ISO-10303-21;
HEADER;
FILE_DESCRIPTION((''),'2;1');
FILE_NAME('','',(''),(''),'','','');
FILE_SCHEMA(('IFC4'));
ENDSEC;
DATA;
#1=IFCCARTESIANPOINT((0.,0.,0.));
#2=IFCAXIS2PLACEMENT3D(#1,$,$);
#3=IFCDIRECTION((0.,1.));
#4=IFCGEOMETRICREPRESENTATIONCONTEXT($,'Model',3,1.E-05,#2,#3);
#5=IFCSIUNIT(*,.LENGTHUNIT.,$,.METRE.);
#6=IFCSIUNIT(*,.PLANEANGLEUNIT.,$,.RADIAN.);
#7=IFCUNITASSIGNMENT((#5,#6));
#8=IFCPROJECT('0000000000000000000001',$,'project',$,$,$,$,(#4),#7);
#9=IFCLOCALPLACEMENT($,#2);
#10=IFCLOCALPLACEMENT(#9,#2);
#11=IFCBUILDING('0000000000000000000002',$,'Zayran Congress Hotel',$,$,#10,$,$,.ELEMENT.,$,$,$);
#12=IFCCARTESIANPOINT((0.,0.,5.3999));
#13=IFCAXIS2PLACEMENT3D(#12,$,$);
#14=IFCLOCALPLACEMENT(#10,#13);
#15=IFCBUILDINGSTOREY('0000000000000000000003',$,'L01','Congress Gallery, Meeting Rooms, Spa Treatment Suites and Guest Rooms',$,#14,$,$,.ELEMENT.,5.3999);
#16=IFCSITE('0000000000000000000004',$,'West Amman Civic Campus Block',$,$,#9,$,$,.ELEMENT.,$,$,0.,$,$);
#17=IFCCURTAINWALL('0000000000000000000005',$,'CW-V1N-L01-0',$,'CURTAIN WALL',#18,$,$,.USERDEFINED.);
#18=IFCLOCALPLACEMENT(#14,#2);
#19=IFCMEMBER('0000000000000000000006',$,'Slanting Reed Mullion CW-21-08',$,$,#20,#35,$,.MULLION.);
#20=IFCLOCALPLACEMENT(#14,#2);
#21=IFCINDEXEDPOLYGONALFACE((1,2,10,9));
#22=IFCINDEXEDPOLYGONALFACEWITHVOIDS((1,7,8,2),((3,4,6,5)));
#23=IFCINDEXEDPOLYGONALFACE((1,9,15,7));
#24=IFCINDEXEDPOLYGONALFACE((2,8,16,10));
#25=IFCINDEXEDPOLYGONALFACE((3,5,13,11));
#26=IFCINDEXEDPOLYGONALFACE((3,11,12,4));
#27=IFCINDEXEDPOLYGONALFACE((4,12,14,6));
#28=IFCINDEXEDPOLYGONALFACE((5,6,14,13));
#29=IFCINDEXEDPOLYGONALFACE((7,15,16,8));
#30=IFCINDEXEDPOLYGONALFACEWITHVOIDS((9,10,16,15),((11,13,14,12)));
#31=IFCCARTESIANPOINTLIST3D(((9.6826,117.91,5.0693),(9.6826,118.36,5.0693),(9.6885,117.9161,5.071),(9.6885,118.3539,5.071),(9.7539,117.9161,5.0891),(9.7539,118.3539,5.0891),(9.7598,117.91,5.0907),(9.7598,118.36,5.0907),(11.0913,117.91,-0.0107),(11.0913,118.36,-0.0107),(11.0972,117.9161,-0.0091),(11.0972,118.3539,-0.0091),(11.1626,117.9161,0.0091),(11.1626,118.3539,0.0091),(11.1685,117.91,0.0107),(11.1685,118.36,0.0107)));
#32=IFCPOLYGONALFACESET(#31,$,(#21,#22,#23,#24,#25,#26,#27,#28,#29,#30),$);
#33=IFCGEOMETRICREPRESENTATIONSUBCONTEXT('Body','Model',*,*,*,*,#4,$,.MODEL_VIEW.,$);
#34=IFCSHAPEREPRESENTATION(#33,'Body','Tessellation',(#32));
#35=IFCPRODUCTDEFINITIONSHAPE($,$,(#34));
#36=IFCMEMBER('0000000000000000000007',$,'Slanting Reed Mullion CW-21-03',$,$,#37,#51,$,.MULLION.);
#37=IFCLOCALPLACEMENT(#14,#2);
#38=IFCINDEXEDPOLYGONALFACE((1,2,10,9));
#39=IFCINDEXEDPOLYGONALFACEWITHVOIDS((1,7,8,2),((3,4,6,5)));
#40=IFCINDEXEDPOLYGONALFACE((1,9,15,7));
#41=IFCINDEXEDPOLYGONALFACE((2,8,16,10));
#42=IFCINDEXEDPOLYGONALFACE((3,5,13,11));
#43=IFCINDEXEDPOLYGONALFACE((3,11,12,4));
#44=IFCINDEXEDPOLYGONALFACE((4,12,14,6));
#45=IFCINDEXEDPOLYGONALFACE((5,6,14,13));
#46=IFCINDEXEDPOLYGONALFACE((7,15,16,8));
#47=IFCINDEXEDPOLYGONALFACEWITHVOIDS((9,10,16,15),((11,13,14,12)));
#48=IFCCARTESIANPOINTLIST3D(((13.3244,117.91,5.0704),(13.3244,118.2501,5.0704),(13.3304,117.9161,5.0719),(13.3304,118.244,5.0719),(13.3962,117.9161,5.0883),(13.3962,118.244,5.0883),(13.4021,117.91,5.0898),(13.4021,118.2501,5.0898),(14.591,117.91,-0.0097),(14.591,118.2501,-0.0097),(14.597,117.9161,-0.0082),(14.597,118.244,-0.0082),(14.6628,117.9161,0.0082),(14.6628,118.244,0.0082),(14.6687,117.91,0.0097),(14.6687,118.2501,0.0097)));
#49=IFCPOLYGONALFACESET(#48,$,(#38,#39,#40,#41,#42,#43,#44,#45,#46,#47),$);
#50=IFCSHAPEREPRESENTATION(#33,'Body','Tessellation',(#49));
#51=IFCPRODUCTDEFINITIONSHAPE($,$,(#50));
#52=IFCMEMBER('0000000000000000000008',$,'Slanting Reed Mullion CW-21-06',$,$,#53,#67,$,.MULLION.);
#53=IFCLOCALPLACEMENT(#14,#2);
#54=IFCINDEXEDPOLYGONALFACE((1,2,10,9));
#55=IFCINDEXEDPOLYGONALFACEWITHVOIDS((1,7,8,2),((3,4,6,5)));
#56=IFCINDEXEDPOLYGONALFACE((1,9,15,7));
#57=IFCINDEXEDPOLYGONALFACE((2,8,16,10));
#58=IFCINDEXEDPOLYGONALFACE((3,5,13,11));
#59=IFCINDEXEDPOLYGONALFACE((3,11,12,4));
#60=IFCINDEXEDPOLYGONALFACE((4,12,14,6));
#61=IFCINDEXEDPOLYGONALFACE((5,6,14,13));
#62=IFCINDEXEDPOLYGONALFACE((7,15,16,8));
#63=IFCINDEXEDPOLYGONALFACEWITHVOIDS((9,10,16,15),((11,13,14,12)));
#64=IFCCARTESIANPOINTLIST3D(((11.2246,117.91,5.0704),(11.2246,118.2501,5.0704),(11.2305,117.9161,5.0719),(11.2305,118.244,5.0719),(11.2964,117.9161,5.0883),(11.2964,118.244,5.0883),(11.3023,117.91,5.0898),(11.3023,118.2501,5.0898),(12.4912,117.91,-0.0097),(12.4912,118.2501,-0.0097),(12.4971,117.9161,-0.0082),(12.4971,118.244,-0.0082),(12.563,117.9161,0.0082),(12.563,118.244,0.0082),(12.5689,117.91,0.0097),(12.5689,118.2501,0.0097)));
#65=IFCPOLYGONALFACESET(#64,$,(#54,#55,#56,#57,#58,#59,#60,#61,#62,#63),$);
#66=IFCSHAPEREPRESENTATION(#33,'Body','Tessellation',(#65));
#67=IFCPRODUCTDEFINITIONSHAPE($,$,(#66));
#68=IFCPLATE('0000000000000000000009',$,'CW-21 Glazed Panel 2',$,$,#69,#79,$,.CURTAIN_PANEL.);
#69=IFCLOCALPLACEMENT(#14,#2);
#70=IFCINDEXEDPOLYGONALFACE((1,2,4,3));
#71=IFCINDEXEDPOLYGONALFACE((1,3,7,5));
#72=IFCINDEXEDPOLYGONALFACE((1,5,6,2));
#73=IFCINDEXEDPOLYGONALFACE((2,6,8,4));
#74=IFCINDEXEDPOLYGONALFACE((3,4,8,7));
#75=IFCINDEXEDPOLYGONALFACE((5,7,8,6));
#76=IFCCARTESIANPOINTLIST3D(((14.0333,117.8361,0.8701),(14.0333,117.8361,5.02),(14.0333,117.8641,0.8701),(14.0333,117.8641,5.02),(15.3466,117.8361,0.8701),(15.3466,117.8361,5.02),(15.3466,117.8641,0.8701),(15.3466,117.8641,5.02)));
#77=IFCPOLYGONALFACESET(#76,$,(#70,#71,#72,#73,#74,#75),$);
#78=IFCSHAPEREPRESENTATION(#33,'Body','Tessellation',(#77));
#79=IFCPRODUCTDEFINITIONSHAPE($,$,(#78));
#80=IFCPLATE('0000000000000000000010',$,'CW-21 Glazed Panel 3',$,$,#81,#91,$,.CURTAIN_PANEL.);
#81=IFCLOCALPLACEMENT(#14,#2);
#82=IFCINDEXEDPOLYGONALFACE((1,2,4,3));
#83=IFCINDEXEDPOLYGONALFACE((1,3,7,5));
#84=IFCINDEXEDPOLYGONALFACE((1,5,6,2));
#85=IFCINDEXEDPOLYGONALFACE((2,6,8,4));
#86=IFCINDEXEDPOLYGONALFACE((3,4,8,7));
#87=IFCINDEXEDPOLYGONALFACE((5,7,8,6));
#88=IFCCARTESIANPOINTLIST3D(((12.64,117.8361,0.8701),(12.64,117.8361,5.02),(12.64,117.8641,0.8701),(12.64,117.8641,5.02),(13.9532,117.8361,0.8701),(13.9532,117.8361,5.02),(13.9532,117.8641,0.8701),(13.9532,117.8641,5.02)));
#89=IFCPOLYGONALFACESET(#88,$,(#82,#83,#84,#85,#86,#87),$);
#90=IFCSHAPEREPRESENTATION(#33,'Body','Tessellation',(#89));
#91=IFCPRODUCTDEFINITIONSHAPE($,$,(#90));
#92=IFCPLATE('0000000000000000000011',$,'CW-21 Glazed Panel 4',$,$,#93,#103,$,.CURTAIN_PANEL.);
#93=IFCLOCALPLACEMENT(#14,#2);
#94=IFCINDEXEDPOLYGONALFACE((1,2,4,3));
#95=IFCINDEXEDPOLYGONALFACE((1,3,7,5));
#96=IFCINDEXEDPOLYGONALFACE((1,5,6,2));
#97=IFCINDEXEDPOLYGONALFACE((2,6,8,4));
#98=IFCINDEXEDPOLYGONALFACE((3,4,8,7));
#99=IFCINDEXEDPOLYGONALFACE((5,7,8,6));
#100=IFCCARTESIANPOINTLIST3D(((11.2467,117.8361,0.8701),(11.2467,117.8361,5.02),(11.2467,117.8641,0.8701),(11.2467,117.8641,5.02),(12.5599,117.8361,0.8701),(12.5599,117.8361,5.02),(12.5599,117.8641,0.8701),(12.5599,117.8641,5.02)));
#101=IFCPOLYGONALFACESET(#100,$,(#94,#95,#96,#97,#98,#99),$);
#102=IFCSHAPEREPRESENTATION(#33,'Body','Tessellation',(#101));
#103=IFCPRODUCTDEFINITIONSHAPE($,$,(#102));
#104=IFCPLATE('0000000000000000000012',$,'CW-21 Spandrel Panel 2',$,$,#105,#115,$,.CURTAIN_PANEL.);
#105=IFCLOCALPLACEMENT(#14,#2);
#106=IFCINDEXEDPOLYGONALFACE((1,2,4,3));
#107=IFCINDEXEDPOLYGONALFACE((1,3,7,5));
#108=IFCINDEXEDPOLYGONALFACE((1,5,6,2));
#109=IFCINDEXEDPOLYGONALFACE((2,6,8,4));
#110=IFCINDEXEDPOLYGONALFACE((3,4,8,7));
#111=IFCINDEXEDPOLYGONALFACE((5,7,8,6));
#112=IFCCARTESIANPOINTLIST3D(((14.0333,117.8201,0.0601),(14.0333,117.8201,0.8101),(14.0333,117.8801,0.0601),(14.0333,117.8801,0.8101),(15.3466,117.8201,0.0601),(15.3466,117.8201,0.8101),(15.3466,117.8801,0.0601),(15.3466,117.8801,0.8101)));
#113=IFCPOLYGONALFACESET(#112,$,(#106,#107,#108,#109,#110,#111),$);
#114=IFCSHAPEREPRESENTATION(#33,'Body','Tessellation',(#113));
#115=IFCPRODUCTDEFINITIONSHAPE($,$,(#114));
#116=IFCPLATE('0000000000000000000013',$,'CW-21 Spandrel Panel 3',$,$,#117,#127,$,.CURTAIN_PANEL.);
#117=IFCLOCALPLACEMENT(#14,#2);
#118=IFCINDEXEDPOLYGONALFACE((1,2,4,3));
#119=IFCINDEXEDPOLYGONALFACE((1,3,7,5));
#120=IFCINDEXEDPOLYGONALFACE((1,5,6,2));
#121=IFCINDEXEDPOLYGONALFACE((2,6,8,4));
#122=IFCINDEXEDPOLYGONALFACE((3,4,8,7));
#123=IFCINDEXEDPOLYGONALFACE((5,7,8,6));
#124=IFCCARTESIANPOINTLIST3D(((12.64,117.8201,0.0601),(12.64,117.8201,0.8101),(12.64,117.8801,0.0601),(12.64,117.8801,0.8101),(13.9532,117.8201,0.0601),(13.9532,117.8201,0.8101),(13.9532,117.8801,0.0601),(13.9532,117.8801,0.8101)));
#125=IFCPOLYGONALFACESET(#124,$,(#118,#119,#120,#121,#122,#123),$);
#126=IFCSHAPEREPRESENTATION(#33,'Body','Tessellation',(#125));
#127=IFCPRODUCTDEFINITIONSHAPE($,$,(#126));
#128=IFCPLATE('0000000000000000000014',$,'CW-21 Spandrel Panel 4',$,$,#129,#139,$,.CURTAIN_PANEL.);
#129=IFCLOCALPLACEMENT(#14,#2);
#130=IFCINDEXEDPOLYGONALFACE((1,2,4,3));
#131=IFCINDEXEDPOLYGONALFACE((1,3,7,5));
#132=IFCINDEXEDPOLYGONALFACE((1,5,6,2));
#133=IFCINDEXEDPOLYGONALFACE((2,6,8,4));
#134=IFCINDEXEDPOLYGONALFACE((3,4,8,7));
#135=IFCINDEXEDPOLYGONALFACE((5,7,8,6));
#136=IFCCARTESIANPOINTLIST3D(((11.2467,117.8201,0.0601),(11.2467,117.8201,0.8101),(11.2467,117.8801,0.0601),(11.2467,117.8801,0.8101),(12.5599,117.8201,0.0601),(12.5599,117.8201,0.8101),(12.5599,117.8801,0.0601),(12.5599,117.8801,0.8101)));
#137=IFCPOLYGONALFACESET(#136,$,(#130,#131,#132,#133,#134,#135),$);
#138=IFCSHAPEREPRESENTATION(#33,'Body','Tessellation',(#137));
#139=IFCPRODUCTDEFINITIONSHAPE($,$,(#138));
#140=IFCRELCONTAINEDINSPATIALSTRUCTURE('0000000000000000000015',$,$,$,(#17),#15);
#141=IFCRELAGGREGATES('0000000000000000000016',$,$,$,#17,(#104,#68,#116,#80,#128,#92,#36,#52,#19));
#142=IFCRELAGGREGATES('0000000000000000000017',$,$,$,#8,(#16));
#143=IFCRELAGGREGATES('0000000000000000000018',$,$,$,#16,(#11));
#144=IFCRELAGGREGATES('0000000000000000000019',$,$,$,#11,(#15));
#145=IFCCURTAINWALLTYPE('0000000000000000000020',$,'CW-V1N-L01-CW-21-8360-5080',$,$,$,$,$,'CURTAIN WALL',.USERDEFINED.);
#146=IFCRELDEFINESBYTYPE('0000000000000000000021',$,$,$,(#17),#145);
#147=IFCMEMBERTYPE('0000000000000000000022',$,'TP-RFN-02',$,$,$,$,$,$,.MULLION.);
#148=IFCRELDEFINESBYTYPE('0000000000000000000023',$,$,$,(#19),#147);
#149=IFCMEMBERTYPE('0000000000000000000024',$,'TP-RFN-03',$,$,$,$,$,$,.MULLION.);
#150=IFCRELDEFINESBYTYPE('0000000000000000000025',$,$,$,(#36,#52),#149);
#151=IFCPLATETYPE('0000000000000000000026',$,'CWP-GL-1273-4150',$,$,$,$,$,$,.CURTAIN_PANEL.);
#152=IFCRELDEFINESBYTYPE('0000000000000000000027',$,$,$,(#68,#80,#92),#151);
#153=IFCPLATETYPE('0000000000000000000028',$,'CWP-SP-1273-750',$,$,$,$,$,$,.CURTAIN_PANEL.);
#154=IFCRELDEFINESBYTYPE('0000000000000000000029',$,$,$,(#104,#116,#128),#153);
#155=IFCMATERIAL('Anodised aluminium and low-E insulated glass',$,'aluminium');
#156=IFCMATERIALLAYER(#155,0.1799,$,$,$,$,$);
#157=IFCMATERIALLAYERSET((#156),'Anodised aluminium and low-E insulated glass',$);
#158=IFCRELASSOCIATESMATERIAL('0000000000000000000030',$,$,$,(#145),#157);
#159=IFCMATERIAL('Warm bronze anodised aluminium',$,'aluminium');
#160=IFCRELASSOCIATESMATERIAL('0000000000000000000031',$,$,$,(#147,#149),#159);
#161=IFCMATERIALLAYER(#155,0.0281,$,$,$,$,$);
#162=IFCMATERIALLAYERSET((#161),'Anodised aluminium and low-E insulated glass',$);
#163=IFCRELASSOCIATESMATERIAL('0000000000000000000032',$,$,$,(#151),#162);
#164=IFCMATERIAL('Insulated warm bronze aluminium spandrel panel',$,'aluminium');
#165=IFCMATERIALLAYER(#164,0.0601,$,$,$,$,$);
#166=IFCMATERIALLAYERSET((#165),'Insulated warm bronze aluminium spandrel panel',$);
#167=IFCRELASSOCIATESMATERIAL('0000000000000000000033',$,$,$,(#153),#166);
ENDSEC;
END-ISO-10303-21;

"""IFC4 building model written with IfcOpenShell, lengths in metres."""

from ifc_helpers import new_model, si_unit, direction, frame, origin, origin_2d, place, context, subcontext, project, spatial, rectangle, hollow_rectangle, extrude, material, layer, layer_set, material_profile, profile_set, type_object, element, aggregate, save


model = new_model("IFC4")

# Units and contexts
model_context = context("Model", 3, precision=1e-05, world=origin(), true_north=direction((0.0, 1.0)))
body_context = subcontext(model_context, "Body", "Model", "MODEL_VIEW")
ifc_project = project(units=[si_unit("LENGTHUNIT", "METRE"), si_unit("PLANEANGLEUNIT", "RADIAN")], contexts=[model_context])

# Site, building, storey
site_placement = place(None, origin())
site = spatial("IfcSite", under=ifc_project, at=site_placement, Name="West Amman Civic Campus Block", CompositionType="ELEMENT", RefElevation=0.0)
building_placement = place(site_placement, origin())
building = spatial("IfcBuilding", under=site, at=building_placement, Name="Zayran Congress Hotel", CompositionType="ELEMENT")
storey_placement = place(building_placement, frame((0.0, 0.0, 5.3999)))
storey = spatial("IfcBuildingStorey", under=building, at=storey_placement, Name="L01", Description="Congress Gallery, Meeting Rooms, Spa Treatment Suites and Guest Rooms", CompositionType="ELEMENT", Elevation=5.3999)

# Curtain wall, members, plates
ifc_material_1 = material(Name="Anodised aluminium and low-E insulated glass", Category="aluminium")
ifc_layer_1 = layer(ifc_material_1, 0.1799)
ifc_layer_set_1 = layer_set([ifc_layer_1], Name="Anodised aluminium and low-E insulated glass")
curtain_wall_type = type_object("IfcCurtainWallType", Name="CW-V1N-L01-CW-21-8360-5080", ElementType="CURTAIN WALL", PredefinedType="USERDEFINED", material=ifc_layer_set_1)
curtain_wall_placement = place(storey_placement, origin())
curtain_wall = element("IfcCurtainWall", 1, at=curtain_wall_placement, inside=storey, type_object=curtain_wall_type, Name="CW-V1N-L01-0", ObjectType="CURTAIN WALL", PredefinedType="USERDEFINED")
ifc_material_2 = material(Name="Warm bronze anodised aluminium", Category="aluminium")
ifc_material_profile_1 = material_profile(ifc_material_2, hollow_rectangle(XDim=0.0801, YDim=0.45, WallThickness=0.0061, at=origin_2d()), Name="RHS 450x80x6")
ifc_profile_set_1 = profile_set([ifc_material_profile_1], Name="Warm bronze anodised aluminium")
member_type_1 = type_object("IfcMemberType", Name="TP-RFN-02", PredefinedType="MULLION", material=ifc_profile_set_1)
member_1_placement = place(storey_placement, frame((11.1299, 118.135, 0.0), z_axis=(-0.267214, 0.0, 0.963637), x_axis=(0.963637, 0.0, 0.267214)))
member_1 = element("IfcMember", 2, at=member_1_placement, type_object=member_type_1, Name="Slanting Reed Mullion CW-21-08", PredefinedType="MULLION", context=body_context, shape_type="SweptSolid", body=[
    extrude(hollow_rectangle(XDim=0.0801, YDim=0.45, WallThickness=0.0061, at=origin_2d()), origin(), (0.0, 0.0, 1.0), 5.2717),
])
ifc_material_profile_2 = material_profile(ifc_material_2, hollow_rectangle(XDim=0.0801, YDim=0.3401, WallThickness=0.0061, at=origin_2d()), Name="RHS 340x80x6")
ifc_profile_set_2 = profile_set([ifc_material_profile_2], Name="Warm bronze anodised aluminium")
member_type_2 = type_object("IfcMemberType", Name="TP-RFN-03", PredefinedType="MULLION", material=ifc_profile_set_2)
member_2_placement = place(storey_placement, frame((14.6299, 118.0801, 0.0), z_axis=(-0.241921, 0.0, 0.970296), x_axis=(0.970296, 0.0, 0.241921)))
member_2 = element("IfcMember", 3, at=member_2_placement, type_object=member_type_2, Name="Slanting Reed Mullion CW-21-03", PredefinedType="MULLION", context=body_context, shape_type="SweptSolid", body=[
    extrude(hollow_rectangle(XDim=0.0801, YDim=0.3401, WallThickness=0.0061, at=origin_2d()), origin(), (0.0, 0.0, 1.0), 5.2356),
])
member_3_placement = place(storey_placement, frame((12.53, 118.0801, 0.0), z_axis=(-0.241921, 0.0, 0.970296), x_axis=(0.970296, 0.0, 0.241921)))
member_3 = element("IfcMember", 4, at=member_3_placement, type_object=member_type_2, Name="Slanting Reed Mullion CW-21-06", PredefinedType="MULLION", context=body_context, shape_type="SweptSolid", body=[
    extrude(hollow_rectangle(XDim=0.0801, YDim=0.3401, WallThickness=0.0061, at=origin_2d()), origin(), (0.0, 0.0, 1.0), 5.2356),
])
ifc_layer_2 = layer(ifc_material_1, 0.0281)
ifc_layer_set_2 = layer_set([ifc_layer_2], Name="Anodised aluminium and low-E insulated glass")
plate_type_1 = type_object("IfcPlateType", Name="CWP-GL-1273-4150", PredefinedType="CURTAIN_PANEL", material=ifc_layer_set_2)
plate_1_placement = place(storey_placement, frame((14.6899, 117.8501, 0.8701), z_axis=(0.0, 0.0, 1.0), x_axis=(1.0, 0.0, 0.0)))
plate_1 = element("IfcPlate", 5, at=plate_1_placement, type_object=plate_type_1, Name="CW-21 Glazed Panel 2", PredefinedType="CURTAIN_PANEL", context=body_context, shape_type="SweptSolid", body=[
    extrude(rectangle(XDim=1.3132, YDim=0.0281, at=origin_2d()), origin(), (0.0, 0.0, 1.0), 4.1499),
])
plate_2_placement = place(storey_placement, frame((13.2966, 117.8501, 0.8701), z_axis=(0.0, 0.0, 1.0), x_axis=(1.0, 0.0, 0.0)))
plate_2 = element("IfcPlate", 6, at=plate_2_placement, type_object=plate_type_1, Name="CW-21 Glazed Panel 3", PredefinedType="CURTAIN_PANEL", context=body_context, shape_type="SweptSolid", body=[
    extrude(rectangle(XDim=1.3132, YDim=0.0281, at=origin_2d()), origin(), (0.0, 0.0, 1.0), 4.1499),
])
plate_3_placement = place(storey_placement, frame((11.9033, 117.8501, 0.8701), z_axis=(0.0, 0.0, 1.0), x_axis=(1.0, 0.0, 0.0)))
plate_3 = element("IfcPlate", 7, at=plate_3_placement, type_object=plate_type_1, Name="CW-21 Glazed Panel 4", PredefinedType="CURTAIN_PANEL", context=body_context, shape_type="SweptSolid", body=[
    extrude(rectangle(XDim=1.3132, YDim=0.0281, at=origin_2d()), origin(), (0.0, 0.0, 1.0), 4.1499),
])
ifc_material_3 = material(Name="Insulated warm bronze aluminium spandrel panel", Category="aluminium")
ifc_layer_3 = layer(ifc_material_3, 0.0601)
ifc_layer_set_3 = layer_set([ifc_layer_3], Name="Insulated warm bronze aluminium spandrel panel")
plate_type_2 = type_object("IfcPlateType", Name="CWP-SP-1273-750", PredefinedType="CURTAIN_PANEL", material=ifc_layer_set_3)
plate_4_placement = place(storey_placement, frame((14.6899, 117.8501, 0.0601), z_axis=(0.0, 0.0, 1.0), x_axis=(1.0, 0.0, 0.0)))
plate_4 = element("IfcPlate", 8, at=plate_4_placement, type_object=plate_type_2, Name="CW-21 Spandrel Panel 2", PredefinedType="CURTAIN_PANEL", context=body_context, shape_type="SweptSolid", body=[
    extrude(rectangle(XDim=1.3132, YDim=0.0601, at=origin_2d()), origin(), (0.0, 0.0, 1.0), 0.75),
])
plate_5_placement = place(storey_placement, frame((13.2966, 117.8501, 0.0601), z_axis=(0.0, 0.0, 1.0), x_axis=(1.0, 0.0, 0.0)))
plate_5 = element("IfcPlate", 9, at=plate_5_placement, type_object=plate_type_2, Name="CW-21 Spandrel Panel 3", PredefinedType="CURTAIN_PANEL", context=body_context, shape_type="SweptSolid", body=[
    extrude(rectangle(XDim=1.3132, YDim=0.0601, at=origin_2d()), origin(), (0.0, 0.0, 1.0), 0.75),
])
plate_6_placement = place(storey_placement, frame((11.9033, 117.8501, 0.0601), z_axis=(0.0, 0.0, 1.0), x_axis=(1.0, 0.0, 0.0)))
plate_6 = element("IfcPlate", 10, at=plate_6_placement, type_object=plate_type_2, Name="CW-21 Spandrel Panel 4", PredefinedType="CURTAIN_PANEL", context=body_context, shape_type="SweptSolid", body=[
    extrude(rectangle(XDim=1.3132, YDim=0.0601, at=origin_2d()), origin(), (0.0, 0.0, 1.0), 0.75),
])
aggregate(curtain_wall, [plate_4, plate_1, plate_5, plate_2, plate_6, plate_3, member_2, member_3, member_1])

save(model, "model.ifc")
